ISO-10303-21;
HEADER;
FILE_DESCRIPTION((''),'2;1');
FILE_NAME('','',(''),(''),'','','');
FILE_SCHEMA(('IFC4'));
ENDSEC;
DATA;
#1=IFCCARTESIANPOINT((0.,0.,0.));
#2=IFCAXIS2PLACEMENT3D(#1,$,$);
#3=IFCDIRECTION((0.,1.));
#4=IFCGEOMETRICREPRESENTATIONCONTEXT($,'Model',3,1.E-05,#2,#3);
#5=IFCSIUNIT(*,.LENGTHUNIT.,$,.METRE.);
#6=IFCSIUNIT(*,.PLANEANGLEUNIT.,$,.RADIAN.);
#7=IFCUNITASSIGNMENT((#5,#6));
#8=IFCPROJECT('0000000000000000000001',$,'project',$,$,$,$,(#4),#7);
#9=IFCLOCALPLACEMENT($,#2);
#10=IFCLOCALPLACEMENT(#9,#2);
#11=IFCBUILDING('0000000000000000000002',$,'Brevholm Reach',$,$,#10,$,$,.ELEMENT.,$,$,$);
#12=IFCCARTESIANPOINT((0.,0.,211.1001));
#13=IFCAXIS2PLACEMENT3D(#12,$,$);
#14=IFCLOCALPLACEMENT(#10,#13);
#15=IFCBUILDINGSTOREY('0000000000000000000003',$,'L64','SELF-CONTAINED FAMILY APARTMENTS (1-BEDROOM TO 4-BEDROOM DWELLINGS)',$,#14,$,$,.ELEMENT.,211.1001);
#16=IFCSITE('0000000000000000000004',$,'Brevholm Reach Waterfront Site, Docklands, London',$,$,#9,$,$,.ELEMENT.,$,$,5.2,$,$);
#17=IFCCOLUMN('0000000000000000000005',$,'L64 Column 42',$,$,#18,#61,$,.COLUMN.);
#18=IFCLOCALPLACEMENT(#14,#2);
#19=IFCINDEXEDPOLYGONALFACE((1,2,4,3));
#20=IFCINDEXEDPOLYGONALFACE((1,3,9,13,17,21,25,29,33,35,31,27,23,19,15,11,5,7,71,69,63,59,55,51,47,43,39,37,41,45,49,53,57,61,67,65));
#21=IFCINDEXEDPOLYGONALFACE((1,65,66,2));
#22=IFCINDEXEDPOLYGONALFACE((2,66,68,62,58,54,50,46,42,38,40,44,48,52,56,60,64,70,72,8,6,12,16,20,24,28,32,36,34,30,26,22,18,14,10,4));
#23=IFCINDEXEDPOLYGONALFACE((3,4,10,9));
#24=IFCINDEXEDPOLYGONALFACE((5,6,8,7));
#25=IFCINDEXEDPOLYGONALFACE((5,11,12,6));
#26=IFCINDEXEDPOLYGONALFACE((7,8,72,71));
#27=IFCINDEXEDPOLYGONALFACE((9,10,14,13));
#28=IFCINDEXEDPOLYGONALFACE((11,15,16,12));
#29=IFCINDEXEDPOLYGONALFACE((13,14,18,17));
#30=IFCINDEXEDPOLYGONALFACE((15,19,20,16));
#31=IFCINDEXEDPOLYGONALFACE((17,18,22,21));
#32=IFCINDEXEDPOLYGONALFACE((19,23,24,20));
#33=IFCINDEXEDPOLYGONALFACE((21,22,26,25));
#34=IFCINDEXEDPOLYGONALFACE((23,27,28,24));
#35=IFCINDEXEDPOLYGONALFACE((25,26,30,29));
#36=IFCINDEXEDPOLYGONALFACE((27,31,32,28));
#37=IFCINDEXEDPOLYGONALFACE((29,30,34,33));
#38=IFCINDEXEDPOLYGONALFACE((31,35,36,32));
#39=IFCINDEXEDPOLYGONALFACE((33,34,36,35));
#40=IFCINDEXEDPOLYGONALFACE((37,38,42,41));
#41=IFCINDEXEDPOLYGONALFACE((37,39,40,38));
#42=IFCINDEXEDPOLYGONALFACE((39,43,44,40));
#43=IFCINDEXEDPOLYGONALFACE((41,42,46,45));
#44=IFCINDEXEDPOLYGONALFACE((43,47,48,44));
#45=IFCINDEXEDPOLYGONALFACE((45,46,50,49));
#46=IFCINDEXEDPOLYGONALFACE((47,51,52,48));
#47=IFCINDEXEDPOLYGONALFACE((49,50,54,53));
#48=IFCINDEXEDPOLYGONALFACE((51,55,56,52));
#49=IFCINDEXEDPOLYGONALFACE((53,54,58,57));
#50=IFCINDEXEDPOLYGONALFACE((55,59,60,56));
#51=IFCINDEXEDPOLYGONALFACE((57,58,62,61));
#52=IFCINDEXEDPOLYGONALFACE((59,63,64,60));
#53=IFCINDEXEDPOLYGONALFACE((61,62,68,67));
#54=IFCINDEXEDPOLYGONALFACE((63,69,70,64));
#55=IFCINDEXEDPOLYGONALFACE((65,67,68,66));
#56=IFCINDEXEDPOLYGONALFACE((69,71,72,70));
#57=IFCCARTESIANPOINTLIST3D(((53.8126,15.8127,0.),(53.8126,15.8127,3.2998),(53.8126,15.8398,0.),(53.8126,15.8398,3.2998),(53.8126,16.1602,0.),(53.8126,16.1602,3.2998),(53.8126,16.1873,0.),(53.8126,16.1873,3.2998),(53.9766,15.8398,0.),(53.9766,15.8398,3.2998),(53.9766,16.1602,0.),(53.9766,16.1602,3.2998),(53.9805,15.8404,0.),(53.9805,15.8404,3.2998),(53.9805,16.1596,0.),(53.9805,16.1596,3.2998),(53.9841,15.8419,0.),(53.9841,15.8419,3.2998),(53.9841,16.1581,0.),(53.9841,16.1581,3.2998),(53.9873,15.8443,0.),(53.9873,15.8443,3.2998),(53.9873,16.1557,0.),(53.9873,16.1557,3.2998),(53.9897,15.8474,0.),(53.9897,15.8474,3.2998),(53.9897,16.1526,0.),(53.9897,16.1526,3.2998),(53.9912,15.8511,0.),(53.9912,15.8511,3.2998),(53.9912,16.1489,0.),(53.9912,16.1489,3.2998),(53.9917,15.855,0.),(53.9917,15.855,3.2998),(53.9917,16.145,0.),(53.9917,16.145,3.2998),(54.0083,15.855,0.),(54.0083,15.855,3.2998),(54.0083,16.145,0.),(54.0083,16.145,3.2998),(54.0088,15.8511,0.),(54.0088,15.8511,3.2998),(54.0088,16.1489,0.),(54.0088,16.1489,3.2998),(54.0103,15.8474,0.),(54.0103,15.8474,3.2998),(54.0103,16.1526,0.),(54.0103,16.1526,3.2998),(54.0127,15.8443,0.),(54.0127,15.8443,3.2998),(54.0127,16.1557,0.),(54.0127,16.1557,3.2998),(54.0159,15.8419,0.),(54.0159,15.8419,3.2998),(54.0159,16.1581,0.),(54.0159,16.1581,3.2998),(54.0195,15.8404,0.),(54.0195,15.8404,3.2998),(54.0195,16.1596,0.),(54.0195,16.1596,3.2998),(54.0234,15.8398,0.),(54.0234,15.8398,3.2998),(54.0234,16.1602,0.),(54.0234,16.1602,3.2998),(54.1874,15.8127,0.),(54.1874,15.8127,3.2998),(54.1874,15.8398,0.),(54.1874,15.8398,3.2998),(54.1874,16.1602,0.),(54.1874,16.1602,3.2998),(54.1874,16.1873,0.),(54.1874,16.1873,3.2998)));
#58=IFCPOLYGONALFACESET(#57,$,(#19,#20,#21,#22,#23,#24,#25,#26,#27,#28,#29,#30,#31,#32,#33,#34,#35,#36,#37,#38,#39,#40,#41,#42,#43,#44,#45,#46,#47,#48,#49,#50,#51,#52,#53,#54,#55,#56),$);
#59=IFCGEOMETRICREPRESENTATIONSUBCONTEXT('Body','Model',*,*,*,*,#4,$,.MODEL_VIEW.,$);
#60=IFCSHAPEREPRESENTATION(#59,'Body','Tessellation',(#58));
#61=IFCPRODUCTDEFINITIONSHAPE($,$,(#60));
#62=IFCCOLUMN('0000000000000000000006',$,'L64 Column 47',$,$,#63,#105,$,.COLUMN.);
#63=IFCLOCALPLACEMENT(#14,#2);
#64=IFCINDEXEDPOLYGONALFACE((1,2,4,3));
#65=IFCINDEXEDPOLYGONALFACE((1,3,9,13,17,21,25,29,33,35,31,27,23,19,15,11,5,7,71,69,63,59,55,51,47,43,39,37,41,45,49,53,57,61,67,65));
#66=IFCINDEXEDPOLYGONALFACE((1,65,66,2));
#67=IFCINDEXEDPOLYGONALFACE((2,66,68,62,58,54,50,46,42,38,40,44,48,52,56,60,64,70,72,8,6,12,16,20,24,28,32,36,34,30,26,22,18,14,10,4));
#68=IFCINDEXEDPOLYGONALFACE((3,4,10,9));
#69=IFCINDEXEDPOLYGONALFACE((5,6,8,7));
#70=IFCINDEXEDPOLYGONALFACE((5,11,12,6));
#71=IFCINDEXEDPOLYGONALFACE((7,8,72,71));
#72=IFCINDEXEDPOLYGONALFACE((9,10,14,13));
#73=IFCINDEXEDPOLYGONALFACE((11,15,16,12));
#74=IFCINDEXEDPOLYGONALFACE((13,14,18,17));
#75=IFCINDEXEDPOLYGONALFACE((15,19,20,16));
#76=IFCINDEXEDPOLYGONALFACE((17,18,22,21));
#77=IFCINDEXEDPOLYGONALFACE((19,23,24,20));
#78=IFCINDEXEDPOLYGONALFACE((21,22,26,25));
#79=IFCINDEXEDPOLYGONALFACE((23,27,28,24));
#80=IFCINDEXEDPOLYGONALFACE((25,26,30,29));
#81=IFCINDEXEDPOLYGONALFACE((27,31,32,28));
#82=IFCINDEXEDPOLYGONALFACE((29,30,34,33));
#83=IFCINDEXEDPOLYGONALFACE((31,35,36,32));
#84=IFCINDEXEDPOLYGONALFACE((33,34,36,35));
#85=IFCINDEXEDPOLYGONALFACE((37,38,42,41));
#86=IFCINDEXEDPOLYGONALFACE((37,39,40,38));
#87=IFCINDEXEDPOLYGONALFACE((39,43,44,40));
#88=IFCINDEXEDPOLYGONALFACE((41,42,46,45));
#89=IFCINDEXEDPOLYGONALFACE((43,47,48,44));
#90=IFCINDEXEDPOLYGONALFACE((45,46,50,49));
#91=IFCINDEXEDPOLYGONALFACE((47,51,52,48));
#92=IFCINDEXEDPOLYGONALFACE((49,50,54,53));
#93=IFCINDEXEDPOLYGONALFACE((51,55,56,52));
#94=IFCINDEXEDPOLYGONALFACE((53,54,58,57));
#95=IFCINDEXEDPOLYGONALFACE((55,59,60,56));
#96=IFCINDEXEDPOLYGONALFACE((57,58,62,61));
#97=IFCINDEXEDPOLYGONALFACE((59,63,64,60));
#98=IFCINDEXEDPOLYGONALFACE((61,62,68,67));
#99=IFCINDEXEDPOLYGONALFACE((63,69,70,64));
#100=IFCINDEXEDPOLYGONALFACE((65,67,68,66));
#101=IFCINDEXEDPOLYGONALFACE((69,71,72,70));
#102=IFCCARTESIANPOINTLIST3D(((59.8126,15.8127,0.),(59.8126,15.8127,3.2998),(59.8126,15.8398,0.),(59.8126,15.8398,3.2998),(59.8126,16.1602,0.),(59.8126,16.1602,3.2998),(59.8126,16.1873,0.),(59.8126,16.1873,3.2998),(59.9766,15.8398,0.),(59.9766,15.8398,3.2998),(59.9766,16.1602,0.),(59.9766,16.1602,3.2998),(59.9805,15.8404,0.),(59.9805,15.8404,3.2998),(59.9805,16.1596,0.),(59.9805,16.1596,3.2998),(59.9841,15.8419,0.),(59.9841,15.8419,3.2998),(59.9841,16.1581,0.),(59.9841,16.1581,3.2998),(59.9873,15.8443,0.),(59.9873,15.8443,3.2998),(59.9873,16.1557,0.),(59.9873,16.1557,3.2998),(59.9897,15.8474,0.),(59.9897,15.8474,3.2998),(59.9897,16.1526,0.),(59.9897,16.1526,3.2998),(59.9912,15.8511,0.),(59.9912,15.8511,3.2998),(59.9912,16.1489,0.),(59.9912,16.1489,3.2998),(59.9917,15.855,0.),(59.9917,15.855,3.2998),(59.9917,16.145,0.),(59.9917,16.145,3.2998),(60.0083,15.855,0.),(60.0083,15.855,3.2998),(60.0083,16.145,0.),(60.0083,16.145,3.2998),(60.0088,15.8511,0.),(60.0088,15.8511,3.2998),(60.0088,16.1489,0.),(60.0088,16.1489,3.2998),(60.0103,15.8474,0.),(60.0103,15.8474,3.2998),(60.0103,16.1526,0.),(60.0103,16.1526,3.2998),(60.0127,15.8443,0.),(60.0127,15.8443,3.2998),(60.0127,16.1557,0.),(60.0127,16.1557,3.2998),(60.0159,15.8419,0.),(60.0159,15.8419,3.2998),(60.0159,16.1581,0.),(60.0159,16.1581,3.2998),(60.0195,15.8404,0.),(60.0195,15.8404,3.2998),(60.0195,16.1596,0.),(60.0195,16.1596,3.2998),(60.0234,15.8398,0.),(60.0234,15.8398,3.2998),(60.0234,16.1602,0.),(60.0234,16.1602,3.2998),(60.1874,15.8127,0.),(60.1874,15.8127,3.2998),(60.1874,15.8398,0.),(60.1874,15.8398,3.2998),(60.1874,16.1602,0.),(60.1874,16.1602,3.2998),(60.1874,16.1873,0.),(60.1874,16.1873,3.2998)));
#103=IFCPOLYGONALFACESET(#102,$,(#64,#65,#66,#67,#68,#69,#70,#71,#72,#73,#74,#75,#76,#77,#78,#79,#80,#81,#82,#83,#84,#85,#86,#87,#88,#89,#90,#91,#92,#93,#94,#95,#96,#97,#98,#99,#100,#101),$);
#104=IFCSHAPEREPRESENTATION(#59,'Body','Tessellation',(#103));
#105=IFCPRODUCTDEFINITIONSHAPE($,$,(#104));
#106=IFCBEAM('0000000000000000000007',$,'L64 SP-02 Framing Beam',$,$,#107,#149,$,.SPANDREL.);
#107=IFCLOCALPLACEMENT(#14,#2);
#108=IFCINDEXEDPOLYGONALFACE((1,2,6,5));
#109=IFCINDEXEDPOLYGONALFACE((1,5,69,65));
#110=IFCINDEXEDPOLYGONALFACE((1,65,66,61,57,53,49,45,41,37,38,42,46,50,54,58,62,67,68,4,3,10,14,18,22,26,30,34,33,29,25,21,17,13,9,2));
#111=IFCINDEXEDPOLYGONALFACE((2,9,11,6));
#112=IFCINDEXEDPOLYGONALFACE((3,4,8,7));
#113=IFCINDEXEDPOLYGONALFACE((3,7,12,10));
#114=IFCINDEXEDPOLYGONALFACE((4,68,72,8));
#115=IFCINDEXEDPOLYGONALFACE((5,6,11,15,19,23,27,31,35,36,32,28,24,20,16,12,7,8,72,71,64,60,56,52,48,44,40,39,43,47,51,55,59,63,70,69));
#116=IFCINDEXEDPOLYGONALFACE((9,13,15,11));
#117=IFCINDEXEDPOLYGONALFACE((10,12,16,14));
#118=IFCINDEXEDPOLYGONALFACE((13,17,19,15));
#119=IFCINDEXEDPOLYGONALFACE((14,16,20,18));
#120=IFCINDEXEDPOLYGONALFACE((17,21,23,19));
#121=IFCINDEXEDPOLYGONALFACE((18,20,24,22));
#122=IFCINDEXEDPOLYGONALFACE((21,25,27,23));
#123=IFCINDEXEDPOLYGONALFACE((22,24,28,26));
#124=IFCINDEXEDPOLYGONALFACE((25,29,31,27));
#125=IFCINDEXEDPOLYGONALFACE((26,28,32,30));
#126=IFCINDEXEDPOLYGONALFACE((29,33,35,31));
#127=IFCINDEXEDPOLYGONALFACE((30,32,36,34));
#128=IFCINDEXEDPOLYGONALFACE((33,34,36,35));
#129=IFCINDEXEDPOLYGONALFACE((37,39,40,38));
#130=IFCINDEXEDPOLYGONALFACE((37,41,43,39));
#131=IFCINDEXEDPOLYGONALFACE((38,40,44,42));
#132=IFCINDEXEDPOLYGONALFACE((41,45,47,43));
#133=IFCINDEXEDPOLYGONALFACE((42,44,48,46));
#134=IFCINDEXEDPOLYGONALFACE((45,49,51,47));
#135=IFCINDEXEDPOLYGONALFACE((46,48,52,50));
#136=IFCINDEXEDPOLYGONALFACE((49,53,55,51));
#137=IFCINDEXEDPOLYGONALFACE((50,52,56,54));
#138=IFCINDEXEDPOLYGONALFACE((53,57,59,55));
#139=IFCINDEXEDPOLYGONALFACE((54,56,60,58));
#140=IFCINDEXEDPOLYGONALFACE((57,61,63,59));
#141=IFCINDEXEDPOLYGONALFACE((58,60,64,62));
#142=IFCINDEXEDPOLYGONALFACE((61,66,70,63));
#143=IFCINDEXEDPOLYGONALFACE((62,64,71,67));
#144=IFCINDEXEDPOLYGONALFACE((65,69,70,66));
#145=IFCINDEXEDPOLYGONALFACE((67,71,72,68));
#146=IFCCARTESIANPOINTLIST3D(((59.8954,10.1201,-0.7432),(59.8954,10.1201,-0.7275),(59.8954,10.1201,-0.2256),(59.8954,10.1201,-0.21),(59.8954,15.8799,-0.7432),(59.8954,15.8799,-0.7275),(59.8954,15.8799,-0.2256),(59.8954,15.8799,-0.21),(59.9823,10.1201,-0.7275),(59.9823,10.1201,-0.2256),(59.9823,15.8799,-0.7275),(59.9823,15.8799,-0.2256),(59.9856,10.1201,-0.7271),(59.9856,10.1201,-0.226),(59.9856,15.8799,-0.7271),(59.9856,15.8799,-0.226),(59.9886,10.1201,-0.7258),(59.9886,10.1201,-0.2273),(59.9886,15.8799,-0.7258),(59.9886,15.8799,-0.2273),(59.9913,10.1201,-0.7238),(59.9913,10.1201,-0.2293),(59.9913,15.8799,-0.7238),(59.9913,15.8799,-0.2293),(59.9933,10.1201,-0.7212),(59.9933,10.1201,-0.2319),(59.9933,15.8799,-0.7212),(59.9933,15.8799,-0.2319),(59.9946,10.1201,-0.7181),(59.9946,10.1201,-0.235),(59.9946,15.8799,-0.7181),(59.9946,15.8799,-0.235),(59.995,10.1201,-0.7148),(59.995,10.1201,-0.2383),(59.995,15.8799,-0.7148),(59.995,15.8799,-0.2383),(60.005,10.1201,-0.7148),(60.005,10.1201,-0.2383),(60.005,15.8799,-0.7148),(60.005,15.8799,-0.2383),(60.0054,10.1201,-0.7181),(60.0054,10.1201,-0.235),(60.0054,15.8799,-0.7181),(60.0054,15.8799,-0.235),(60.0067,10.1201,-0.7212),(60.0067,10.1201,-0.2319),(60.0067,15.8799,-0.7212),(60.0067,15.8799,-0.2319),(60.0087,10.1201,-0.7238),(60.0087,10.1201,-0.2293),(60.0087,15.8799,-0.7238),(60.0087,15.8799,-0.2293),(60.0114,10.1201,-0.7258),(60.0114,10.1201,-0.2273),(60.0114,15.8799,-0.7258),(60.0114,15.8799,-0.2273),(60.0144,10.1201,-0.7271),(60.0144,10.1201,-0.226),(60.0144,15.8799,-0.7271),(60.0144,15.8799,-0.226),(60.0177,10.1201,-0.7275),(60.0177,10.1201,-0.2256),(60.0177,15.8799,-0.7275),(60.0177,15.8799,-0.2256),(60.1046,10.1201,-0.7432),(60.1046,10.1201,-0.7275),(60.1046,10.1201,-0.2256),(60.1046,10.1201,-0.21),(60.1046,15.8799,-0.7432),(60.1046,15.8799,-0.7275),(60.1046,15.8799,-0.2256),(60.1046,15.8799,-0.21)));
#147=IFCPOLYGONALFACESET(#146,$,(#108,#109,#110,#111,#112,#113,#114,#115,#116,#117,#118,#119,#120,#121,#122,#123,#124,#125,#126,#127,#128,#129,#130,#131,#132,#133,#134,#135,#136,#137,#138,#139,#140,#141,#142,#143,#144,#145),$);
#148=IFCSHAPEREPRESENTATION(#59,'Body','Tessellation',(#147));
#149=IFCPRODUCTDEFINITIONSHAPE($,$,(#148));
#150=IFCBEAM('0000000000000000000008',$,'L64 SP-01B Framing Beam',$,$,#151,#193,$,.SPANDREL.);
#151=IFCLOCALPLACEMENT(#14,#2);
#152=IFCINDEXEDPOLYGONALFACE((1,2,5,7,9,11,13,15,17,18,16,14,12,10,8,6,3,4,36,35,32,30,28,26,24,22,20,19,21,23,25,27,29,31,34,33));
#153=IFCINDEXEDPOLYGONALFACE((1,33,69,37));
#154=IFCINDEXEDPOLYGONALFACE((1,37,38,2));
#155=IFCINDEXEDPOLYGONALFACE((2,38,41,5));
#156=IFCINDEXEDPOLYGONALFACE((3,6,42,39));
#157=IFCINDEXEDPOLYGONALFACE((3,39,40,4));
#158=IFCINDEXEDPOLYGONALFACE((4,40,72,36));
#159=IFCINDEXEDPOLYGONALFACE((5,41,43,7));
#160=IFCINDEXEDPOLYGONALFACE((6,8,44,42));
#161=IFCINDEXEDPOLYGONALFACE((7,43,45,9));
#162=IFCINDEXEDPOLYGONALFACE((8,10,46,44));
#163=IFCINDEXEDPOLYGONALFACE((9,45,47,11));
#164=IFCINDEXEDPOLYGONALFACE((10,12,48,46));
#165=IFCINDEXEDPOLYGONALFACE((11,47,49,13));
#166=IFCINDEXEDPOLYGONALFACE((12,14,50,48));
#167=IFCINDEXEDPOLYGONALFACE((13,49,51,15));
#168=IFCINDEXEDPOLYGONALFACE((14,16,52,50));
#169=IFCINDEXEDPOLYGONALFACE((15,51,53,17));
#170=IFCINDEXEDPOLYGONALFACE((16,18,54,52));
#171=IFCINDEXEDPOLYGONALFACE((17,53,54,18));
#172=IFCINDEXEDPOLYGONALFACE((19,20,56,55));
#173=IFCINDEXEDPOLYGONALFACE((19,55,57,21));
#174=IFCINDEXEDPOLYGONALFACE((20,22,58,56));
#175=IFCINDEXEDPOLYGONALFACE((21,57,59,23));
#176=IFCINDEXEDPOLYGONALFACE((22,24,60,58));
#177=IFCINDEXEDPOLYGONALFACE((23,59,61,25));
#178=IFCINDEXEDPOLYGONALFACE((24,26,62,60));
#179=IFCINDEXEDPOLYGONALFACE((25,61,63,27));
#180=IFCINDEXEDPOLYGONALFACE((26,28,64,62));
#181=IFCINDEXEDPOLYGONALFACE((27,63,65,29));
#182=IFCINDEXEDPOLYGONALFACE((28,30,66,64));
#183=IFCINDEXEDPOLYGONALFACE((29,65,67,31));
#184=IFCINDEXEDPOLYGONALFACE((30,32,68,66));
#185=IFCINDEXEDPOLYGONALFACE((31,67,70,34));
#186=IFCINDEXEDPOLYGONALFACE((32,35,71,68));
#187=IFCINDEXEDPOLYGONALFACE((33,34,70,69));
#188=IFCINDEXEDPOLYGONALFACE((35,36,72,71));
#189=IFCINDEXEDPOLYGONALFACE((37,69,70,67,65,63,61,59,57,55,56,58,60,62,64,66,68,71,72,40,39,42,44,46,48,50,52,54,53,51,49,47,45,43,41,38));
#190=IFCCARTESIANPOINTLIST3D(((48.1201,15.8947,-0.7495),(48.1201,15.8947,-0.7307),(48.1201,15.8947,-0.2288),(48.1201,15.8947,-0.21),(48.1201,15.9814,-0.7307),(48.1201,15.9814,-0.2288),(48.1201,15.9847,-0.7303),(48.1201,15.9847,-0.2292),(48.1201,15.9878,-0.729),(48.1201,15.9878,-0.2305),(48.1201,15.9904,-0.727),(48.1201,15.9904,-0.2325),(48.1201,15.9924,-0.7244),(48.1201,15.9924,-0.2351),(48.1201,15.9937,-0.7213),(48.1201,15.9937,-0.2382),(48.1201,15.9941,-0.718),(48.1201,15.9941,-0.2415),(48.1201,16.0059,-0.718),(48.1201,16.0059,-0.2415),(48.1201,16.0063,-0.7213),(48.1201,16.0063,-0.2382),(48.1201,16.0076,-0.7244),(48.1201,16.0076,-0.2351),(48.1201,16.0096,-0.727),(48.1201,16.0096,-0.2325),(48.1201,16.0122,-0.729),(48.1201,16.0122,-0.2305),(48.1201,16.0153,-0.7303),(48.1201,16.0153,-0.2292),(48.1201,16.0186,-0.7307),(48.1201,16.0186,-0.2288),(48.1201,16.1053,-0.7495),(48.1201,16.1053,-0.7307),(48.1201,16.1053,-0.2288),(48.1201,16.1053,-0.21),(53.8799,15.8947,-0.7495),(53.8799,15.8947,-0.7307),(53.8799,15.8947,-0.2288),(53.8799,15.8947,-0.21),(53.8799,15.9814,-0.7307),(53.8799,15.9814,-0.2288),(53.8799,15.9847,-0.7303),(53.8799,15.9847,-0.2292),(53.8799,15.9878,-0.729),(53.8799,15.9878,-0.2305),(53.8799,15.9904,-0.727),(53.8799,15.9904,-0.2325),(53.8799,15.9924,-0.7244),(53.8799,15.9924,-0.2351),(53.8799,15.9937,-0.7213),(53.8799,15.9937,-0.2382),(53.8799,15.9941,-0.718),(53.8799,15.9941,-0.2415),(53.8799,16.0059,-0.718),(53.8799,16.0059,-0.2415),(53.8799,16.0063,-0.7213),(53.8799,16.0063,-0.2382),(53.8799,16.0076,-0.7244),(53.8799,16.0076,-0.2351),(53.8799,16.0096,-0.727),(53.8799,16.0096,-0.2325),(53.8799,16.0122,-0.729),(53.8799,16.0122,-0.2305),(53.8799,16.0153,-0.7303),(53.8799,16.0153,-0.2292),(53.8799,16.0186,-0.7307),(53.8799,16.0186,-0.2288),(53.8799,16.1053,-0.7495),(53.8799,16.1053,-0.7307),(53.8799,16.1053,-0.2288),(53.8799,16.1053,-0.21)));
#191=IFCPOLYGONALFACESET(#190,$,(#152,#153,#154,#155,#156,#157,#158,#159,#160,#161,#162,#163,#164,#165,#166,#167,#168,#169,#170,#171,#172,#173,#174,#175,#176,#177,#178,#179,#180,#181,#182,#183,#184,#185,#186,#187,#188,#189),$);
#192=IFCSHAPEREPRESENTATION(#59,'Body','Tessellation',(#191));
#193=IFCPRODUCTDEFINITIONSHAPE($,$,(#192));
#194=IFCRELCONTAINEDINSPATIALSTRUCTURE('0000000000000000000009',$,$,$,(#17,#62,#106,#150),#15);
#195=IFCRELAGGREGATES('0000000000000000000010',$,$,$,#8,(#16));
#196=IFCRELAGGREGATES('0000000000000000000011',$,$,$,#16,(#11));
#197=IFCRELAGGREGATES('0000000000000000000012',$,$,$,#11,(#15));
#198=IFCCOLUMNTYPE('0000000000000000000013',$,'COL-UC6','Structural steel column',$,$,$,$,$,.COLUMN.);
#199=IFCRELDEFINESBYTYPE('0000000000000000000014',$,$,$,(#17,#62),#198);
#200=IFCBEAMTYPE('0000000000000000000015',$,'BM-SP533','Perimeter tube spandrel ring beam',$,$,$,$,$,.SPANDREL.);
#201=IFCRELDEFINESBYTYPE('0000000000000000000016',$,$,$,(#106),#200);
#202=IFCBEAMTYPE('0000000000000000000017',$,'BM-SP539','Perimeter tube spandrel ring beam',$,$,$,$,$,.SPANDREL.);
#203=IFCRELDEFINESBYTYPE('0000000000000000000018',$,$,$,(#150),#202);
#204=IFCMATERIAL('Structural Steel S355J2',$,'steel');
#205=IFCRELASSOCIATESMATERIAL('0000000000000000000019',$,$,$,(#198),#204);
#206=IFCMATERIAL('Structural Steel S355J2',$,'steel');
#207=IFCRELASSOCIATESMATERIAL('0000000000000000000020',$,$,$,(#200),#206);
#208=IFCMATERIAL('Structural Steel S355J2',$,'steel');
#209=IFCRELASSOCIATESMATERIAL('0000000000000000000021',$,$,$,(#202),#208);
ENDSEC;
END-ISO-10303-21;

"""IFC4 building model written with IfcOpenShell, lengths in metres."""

from ifc_helpers import new_model, si_unit, direction, frame, origin, origin_2d, place, context, subcontext, project, spatial, i_section, extrude, material, material_profile, profile_set, type_object, element, save


model = new_model("IFC4")

# Units and contexts
model_context = context("Model", 3, precision=1e-05, world=origin(), true_north=direction((0.0, 1.0)))
body_context = subcontext(model_context, "Body", "Model", "MODEL_VIEW")
ifc_project = project(units=[si_unit("LENGTHUNIT", "METRE"), si_unit("PLANEANGLEUNIT", "RADIAN")], contexts=[model_context])

# Site, building, storey
site_placement = place(None, origin())
site = spatial("IfcSite", under=ifc_project, at=site_placement, Name="Brevholm Reach Waterfront Site, Docklands, London", CompositionType="ELEMENT", RefElevation=5.2)
building_placement = place(site_placement, origin())
building = spatial("IfcBuilding", under=site, at=building_placement, Name="Brevholm Reach", CompositionType="ELEMENT")
storey_placement = place(building_placement, frame((0.0, 0.0, 211.1001)))
storey = spatial("IfcBuildingStorey", under=building, at=storey_placement, Name="L64", Description="SELF-CONTAINED FAMILY APARTMENTS (1-BEDROOM TO 4-BEDROOM DWELLINGS)", CompositionType="ELEMENT", Elevation=211.1001)

# Columns
ifc_material_1 = material(Name="Structural Steel S355J2", Category="steel")
ifc_material_profile_1 = material_profile(ifc_material_1, i_section(OverallWidth=0.3748, OverallDepth=0.3745, WebThickness=0.0166, FlangeThickness=0.0271, FilletRadius=0.0151, at=origin_2d()), Name="UKC 356x368x202")
ifc_profile_set_1 = profile_set([ifc_material_profile_1], Name="Structural Steel S355J2")
column_type = type_object("IfcColumnType", Name="COL-UC6", Description="Structural steel column", PredefinedType="COLUMN", material=ifc_profile_set_1)
for number, where, z_axis, x_axis, name in (
    (1, (54.0, 16.0, 0.0), (0.0, 0.0, 1.0), (1.0, 0.0, 0.0), "L64 Column 42"),
    (2, (60.0, 16.0, 0.0), (0.0, 0.0, 1.0), (1.0, 0.0, 0.0), "L64 Column 47"),
):
    element("IfcColumn", number, at=place(storey_placement, frame(where, z_axis=z_axis, x_axis=x_axis)), inside=storey, type_object=column_type, Name=name, PredefinedType="COLUMN", context=body_context, shape_type="SweptSolid", body=[
        extrude(i_section(OverallWidth=0.3748, OverallDepth=0.3745, WebThickness=0.0166, FlangeThickness=0.0271, FilletRadius=0.0151, at=origin_2d()), origin(), (0.0, 0.0, 1.0), 3.2998),
    ])

# Beams
ifc_material_2 = material(Name="Structural Steel S355J2", Category="steel")
ifc_material_profile_2 = material_profile(ifc_material_2, i_section(OverallWidth=0.2092, OverallDepth=0.5332, WebThickness=0.01, FlangeThickness=0.0156, FilletRadius=0.0127, at=origin_2d()), Name="UKB 533x210x92")
ifc_profile_set_2 = profile_set([ifc_material_profile_2], Name="Structural Steel S355J2")
beam_type_1 = type_object("IfcBeamType", Name="BM-SP533", Description="Perimeter tube spandrel ring beam", PredefinedType="SPANDREL", material=ifc_profile_set_2)
beam_1_placement = place(storey_placement, frame((60.0, 10.1201, -0.4766), z_axis=(0.0, 1.0, 0.0), x_axis=(-1.0, 0.0, 0.0)))
element("IfcBeam", 3, at=beam_1_placement, inside=storey, type_object=beam_type_1, Name="L64 SP-02 Framing Beam", PredefinedType="SPANDREL", context=body_context, shape_type="SweptSolid", body=[
    extrude(i_section(OverallWidth=0.2092, OverallDepth=0.5332, WebThickness=0.01, FlangeThickness=0.0156, FilletRadius=0.0127, at=origin_2d()), origin(), (0.0, 0.0, 1.0), 5.7598),
])
ifc_material_3 = material(Name="Structural Steel S355J2", Category="steel")
ifc_material_profile_3 = material_profile(ifc_material_3, i_section(OverallWidth=0.2107, OverallDepth=0.5396, WebThickness=0.0117, FlangeThickness=0.0188, FilletRadius=0.0127, at=origin_2d()), Name="UKB 533x210x109")
ifc_profile_set_3 = profile_set([ifc_material_profile_3], Name="Structural Steel S355J2")
beam_type_2 = type_object("IfcBeamType", Name="BM-SP539", Description="Perimeter tube spandrel ring beam", PredefinedType="SPANDREL", material=ifc_profile_set_3)
for number, where, z_axis, x_axis, name in (
    (4, (48.1201, 16.0, -0.4797), (1.0, 0.0, 0.0), (0.0, 1.0, 0.0), "L64 SP-01B Framing Beam"),
):
    element("IfcBeam", number, at=place(storey_placement, frame(where, z_axis=z_axis, x_axis=x_axis)), inside=storey, type_object=beam_type_2, Name=name, PredefinedType="SPANDREL", context=body_context, shape_type="SweptSolid", body=[
        extrude(i_section(OverallWidth=0.2107, OverallDepth=0.5396, WebThickness=0.0117, FlangeThickness=0.0188, FilletRadius=0.0127, at=origin_2d()), origin(), (0.0, 0.0, 1.0), 5.7598),
    ])

save(model, "model.ifc")
